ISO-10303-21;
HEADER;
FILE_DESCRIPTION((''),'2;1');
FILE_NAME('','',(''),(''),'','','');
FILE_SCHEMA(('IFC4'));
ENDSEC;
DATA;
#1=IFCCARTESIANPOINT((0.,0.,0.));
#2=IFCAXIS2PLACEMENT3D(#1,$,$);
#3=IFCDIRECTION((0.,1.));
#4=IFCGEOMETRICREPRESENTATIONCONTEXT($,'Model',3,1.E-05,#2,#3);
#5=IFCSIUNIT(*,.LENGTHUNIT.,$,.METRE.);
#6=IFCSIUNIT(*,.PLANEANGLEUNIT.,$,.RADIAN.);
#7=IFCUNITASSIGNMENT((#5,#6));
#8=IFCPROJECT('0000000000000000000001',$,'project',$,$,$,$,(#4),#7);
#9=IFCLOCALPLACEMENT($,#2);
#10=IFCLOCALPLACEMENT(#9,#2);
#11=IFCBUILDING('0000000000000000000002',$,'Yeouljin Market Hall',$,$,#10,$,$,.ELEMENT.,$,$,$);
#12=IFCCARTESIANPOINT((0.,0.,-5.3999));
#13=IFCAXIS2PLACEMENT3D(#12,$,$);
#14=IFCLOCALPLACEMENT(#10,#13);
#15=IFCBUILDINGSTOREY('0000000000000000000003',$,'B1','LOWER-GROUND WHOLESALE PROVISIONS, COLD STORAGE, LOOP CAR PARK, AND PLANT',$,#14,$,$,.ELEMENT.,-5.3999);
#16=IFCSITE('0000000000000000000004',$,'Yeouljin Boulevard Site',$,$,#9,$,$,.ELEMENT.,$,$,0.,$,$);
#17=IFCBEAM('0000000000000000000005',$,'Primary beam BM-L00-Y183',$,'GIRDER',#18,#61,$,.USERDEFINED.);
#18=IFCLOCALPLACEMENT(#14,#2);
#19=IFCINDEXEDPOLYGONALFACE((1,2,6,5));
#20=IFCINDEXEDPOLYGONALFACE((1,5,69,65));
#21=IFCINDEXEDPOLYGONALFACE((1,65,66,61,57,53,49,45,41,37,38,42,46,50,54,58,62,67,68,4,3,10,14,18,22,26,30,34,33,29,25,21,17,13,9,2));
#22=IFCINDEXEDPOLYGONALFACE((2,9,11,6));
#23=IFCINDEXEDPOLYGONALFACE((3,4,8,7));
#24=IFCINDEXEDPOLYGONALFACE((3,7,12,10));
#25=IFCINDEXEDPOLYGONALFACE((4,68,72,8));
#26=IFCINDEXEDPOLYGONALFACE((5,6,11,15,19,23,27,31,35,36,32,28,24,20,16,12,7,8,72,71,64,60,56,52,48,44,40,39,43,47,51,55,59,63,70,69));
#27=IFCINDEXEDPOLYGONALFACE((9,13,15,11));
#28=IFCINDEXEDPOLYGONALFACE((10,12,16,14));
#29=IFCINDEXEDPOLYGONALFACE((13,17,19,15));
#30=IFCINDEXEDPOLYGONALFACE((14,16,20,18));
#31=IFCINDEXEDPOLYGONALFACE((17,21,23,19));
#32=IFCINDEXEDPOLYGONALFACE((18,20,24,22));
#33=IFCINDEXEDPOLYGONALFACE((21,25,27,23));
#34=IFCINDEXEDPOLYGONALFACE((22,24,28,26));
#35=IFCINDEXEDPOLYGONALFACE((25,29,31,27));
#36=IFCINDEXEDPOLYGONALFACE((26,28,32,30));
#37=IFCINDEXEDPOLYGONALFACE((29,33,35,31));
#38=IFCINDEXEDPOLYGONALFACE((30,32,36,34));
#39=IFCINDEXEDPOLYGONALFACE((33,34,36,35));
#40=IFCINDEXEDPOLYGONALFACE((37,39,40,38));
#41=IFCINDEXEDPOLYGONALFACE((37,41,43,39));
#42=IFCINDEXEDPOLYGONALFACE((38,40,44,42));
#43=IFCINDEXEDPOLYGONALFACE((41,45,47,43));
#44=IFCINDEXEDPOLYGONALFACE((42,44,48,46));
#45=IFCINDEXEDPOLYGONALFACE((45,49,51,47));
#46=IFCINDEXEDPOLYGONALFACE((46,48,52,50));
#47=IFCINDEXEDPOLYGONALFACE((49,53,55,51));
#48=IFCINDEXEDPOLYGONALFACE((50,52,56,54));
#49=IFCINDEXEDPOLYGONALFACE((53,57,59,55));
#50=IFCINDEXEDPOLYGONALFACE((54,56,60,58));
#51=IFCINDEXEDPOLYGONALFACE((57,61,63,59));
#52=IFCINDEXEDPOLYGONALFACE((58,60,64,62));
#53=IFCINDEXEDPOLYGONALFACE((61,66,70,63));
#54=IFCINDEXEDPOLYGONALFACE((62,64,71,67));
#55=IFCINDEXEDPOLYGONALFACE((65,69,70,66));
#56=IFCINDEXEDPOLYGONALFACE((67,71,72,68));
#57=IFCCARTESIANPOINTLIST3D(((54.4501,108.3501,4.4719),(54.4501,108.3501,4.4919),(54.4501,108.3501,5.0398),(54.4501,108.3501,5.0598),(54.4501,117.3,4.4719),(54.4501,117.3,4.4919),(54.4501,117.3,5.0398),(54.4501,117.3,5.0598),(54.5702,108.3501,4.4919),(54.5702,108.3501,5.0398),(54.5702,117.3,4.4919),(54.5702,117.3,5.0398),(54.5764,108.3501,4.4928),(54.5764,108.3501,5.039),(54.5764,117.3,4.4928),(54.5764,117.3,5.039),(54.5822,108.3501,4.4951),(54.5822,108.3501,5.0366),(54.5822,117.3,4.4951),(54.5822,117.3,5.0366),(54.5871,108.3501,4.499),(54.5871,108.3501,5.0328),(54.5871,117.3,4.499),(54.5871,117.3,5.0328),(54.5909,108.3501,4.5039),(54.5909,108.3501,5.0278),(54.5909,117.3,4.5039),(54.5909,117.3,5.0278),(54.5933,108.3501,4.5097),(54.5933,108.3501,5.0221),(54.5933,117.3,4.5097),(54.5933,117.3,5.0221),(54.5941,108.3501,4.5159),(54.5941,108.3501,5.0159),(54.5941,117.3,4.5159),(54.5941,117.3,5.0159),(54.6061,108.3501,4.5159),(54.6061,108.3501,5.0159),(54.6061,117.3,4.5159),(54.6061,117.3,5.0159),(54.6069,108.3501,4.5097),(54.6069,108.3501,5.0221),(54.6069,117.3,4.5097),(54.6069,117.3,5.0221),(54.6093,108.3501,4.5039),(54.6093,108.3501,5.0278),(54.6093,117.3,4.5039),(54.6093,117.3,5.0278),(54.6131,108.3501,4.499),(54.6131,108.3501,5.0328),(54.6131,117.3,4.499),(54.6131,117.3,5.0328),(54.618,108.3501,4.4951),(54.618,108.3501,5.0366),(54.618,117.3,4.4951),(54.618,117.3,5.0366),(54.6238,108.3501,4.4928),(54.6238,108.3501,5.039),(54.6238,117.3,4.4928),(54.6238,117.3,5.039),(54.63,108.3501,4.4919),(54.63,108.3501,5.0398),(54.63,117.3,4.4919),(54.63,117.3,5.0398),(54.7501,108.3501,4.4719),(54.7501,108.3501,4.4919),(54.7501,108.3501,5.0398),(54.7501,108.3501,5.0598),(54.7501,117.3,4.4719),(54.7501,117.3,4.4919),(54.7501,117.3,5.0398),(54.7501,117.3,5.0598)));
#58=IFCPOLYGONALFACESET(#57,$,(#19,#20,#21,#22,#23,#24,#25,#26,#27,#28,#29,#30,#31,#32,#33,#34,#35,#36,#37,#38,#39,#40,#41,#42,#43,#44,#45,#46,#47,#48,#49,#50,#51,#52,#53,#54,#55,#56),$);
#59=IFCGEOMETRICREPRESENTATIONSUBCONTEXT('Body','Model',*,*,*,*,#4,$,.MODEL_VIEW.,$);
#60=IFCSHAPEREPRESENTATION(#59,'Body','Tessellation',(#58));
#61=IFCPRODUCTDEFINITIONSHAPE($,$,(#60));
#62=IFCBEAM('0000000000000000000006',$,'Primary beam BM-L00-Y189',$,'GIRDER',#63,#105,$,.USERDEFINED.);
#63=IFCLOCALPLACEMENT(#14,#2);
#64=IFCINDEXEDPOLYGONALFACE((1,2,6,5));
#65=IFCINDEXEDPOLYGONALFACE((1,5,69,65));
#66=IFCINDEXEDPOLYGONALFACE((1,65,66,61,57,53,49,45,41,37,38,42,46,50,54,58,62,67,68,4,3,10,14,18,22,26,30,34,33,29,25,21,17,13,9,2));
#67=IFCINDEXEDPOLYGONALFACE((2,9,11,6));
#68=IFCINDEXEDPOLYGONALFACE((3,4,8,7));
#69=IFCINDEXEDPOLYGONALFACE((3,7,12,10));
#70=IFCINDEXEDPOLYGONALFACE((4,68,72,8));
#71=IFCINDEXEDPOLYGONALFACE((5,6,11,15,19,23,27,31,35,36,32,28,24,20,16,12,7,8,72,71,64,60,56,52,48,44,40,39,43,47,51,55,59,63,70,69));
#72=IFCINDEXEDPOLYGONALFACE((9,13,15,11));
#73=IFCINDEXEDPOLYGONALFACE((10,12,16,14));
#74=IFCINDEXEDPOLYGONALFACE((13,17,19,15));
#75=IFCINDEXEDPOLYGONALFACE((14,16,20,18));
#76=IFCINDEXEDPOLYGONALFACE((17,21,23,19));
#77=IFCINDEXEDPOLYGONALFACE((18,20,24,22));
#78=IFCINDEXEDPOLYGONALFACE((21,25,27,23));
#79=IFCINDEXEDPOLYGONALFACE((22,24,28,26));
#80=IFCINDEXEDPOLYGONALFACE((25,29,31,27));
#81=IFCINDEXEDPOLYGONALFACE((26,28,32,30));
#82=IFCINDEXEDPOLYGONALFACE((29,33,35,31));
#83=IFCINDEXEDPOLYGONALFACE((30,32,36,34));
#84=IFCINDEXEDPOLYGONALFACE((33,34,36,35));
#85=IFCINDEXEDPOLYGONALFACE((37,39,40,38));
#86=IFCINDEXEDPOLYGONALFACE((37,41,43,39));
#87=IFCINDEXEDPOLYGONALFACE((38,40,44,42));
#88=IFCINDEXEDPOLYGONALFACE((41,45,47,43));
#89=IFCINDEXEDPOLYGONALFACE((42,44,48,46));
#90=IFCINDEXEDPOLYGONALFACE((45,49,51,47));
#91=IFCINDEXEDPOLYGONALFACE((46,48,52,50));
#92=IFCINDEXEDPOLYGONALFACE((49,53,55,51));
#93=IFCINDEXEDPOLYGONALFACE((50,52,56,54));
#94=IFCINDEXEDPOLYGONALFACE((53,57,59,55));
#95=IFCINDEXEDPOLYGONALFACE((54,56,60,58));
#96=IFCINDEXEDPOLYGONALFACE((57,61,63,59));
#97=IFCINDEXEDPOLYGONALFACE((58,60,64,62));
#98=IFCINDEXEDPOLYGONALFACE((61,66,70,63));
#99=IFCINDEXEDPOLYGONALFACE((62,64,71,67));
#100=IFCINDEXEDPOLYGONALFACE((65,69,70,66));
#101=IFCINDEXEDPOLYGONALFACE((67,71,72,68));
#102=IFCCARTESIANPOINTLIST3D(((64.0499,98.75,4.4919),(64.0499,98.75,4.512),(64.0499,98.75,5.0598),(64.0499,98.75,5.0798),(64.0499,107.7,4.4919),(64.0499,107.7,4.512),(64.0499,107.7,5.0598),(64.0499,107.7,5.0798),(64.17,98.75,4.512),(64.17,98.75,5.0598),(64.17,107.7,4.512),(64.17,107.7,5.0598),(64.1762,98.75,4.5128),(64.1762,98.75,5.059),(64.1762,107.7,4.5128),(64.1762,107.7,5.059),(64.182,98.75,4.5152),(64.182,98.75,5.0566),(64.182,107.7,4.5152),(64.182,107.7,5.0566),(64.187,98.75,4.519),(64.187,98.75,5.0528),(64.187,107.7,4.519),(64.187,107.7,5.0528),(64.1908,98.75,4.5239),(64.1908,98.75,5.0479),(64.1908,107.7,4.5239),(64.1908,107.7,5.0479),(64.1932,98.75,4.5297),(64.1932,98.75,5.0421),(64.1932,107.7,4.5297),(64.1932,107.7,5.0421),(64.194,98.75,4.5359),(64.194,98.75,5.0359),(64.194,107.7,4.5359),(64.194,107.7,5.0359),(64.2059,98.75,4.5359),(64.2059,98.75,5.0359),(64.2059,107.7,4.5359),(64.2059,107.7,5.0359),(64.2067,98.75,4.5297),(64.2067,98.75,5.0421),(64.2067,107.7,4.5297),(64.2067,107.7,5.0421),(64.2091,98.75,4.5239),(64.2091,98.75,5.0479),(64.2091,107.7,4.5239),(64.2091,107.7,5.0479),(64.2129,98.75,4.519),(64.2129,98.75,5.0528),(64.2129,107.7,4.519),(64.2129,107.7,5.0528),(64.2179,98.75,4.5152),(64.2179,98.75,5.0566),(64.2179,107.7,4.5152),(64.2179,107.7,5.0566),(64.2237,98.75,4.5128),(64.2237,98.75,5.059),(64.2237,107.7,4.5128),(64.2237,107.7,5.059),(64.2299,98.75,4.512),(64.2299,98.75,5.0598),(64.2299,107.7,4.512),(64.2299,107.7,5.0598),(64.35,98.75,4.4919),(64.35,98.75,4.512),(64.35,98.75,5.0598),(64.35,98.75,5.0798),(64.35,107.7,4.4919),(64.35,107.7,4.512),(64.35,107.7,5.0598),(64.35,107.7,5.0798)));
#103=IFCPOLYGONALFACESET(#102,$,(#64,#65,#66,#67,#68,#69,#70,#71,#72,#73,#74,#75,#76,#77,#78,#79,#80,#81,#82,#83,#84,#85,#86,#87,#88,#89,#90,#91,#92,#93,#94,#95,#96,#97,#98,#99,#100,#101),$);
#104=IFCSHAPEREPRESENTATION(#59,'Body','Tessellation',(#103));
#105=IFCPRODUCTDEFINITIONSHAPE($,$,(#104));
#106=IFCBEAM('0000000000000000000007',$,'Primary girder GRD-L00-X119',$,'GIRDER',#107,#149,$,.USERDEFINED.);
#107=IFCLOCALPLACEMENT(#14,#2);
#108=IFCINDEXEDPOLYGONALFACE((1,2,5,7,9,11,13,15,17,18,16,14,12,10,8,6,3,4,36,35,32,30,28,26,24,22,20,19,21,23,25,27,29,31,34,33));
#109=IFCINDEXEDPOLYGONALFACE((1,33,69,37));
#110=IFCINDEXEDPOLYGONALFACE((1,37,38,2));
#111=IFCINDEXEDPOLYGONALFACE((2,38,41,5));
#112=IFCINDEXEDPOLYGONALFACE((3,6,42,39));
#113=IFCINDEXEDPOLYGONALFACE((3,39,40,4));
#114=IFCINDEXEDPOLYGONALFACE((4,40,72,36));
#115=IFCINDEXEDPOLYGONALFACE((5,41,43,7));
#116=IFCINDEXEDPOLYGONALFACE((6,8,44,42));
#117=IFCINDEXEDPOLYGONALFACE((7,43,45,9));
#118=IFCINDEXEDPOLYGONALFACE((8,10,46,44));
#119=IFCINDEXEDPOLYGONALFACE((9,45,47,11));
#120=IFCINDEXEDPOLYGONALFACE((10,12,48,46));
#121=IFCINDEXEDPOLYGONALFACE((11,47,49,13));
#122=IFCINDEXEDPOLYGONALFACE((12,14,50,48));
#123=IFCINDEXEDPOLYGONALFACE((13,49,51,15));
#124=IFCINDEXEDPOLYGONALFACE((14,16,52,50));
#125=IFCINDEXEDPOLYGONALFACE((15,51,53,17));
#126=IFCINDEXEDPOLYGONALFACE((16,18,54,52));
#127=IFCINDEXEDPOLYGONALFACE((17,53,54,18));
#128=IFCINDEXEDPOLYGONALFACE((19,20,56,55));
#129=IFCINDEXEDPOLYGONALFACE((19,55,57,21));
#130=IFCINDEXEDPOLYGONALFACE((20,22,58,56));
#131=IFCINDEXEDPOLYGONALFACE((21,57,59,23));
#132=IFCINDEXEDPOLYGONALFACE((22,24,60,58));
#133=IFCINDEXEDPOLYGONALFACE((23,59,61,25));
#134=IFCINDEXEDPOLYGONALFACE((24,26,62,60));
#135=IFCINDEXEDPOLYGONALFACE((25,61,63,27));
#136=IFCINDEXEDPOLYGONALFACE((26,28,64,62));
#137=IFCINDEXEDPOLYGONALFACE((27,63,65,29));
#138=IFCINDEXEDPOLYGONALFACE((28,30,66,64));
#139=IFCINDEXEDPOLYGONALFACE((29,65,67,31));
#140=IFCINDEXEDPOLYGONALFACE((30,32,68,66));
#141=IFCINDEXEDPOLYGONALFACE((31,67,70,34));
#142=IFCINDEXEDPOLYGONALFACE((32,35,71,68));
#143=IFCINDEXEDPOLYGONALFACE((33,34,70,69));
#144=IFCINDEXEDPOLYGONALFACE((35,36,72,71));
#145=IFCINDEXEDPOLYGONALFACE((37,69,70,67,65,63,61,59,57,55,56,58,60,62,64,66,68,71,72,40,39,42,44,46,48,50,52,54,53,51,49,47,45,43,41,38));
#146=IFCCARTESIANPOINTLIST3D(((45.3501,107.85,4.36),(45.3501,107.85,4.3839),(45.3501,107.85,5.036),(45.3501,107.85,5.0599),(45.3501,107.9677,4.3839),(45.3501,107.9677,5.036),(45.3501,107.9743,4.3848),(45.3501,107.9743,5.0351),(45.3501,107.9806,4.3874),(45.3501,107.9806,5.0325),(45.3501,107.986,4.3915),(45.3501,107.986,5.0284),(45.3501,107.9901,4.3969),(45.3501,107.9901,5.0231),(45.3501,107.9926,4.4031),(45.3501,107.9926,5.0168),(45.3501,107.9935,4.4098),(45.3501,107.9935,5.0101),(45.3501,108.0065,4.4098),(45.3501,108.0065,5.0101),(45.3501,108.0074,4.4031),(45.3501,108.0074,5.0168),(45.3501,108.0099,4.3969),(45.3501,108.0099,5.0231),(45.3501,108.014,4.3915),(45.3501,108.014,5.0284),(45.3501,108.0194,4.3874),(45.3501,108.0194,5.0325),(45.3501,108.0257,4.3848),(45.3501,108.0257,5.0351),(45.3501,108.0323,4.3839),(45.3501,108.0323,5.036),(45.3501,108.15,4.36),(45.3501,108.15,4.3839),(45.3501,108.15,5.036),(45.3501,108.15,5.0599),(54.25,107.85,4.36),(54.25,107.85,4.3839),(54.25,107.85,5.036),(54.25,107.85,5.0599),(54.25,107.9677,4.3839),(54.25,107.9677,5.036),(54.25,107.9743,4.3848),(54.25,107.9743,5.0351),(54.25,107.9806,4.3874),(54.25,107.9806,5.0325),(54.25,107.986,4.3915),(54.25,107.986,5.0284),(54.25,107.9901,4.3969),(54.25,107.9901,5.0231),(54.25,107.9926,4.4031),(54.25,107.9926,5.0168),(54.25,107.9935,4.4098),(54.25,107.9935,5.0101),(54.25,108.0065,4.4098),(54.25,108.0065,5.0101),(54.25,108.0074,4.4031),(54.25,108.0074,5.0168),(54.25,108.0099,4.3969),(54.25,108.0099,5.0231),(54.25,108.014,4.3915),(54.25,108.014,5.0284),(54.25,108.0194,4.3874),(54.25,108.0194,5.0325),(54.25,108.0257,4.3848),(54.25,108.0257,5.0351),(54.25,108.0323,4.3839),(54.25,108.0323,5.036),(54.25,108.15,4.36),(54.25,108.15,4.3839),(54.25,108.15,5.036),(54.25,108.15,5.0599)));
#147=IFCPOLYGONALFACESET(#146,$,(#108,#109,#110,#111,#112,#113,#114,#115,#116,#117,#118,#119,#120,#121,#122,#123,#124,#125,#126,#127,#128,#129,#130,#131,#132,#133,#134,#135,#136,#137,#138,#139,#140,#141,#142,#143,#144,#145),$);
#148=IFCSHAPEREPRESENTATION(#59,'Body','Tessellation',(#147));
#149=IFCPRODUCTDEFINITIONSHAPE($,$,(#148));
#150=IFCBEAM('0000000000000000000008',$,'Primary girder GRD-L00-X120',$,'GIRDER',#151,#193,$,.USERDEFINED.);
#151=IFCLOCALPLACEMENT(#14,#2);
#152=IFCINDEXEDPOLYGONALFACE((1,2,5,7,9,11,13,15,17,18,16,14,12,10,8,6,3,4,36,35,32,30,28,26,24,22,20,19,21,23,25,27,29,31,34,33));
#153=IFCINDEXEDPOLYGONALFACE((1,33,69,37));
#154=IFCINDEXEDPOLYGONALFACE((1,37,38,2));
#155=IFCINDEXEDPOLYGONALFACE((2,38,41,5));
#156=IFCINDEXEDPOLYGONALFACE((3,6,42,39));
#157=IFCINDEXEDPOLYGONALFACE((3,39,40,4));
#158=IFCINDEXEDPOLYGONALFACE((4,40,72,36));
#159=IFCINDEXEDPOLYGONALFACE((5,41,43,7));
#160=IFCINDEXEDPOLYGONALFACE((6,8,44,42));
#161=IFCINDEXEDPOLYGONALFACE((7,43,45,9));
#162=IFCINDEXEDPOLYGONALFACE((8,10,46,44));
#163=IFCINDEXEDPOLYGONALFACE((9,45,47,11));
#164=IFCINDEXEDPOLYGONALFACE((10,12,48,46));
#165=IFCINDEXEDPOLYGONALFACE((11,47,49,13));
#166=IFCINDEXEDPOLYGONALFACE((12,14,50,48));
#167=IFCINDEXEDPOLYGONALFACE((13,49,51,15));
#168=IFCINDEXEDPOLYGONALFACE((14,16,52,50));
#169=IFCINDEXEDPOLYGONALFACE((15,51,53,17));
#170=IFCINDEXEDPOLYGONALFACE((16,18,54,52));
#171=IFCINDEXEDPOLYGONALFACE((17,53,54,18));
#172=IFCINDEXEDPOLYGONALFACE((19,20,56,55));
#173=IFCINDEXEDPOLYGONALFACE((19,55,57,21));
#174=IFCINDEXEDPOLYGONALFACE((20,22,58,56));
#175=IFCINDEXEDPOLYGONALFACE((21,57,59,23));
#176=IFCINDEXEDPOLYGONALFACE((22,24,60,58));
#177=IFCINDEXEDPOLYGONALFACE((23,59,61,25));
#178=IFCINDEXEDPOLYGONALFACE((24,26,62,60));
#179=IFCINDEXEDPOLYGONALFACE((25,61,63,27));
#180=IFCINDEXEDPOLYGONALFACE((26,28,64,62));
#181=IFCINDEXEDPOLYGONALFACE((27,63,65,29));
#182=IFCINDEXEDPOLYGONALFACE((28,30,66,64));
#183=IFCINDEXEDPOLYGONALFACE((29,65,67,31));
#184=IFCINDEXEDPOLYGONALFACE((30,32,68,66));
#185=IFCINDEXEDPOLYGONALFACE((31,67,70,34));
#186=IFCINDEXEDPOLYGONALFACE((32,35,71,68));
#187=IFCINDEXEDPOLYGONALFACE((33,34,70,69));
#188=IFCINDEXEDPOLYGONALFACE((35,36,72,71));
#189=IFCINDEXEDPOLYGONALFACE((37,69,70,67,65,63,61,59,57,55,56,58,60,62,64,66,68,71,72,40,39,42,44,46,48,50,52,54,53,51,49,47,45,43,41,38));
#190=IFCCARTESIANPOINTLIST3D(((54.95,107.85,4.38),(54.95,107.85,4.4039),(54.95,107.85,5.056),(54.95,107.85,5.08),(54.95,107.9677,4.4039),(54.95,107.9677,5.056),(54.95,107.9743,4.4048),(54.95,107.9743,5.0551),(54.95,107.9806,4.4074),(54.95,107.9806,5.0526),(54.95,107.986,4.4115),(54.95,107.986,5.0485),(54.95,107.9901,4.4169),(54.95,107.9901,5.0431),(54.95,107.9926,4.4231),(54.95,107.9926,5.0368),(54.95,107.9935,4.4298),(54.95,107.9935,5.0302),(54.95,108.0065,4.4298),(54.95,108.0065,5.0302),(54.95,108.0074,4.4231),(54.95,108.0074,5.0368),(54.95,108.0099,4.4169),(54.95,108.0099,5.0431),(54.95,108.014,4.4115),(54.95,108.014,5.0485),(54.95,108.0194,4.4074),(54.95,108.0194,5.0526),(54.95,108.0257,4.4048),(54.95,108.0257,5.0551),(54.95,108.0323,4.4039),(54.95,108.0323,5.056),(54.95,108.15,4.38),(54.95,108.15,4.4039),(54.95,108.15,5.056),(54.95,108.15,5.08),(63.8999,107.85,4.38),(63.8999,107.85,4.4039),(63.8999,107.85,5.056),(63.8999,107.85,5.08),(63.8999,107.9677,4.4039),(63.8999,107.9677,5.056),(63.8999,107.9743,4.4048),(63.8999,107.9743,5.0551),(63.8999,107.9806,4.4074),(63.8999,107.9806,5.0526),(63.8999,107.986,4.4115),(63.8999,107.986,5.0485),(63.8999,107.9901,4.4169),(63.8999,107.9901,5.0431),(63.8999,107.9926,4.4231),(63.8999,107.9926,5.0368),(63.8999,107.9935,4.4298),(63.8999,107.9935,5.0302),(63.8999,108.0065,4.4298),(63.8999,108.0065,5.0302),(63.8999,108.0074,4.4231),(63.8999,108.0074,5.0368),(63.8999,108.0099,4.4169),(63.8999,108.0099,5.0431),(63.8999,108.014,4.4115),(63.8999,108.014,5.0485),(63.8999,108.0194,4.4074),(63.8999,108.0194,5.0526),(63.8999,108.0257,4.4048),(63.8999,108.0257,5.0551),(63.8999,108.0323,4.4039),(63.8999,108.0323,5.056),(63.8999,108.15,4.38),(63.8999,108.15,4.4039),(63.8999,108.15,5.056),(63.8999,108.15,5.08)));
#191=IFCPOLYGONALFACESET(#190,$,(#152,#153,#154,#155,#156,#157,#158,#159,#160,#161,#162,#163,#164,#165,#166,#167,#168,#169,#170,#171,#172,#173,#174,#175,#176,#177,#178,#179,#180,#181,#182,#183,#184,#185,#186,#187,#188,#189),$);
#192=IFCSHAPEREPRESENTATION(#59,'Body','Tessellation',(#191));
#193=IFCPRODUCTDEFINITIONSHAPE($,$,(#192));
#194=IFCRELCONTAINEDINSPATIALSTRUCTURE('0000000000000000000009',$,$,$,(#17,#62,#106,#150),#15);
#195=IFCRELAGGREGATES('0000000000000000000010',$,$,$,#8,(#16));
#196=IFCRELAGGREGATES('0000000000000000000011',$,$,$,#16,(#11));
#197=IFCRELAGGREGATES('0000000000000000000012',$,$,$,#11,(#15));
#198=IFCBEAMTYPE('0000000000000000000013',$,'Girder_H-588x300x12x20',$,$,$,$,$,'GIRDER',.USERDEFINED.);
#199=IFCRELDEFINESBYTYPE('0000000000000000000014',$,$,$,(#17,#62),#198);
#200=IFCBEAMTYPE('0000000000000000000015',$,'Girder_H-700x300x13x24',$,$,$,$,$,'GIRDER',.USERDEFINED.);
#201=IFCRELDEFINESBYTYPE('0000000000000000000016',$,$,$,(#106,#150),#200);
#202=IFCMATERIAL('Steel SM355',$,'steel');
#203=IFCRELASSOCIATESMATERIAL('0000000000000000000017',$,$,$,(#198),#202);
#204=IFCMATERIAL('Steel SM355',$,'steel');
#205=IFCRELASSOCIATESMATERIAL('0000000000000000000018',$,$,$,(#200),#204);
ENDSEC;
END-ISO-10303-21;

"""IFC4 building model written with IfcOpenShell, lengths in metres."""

from ifc_helpers import new_model, si_unit, direction, frame, origin, origin_2d, place, context, subcontext, project, spatial, i_section, extrude, material, material_profile, profile_set, type_object, element, save


model = new_model("IFC4")

# Units and contexts
model_context = context("Model", 3, precision=1e-05, world=origin(), true_north=direction((0.0, 1.0)))
body_context = subcontext(model_context, "Body", "Model", "MODEL_VIEW")
ifc_project = project(units=[si_unit("LENGTHUNIT", "METRE"), si_unit("PLANEANGLEUNIT", "RADIAN")], contexts=[model_context])

# Site, building, storey
site_placement = place(None, origin())
site = spatial("IfcSite", under=ifc_project, at=site_placement, Name="Yeouljin Boulevard Site", CompositionType="ELEMENT", RefElevation=0.0)
building_placement = place(site_placement, origin())
building = spatial("IfcBuilding", under=site, at=building_placement, Name="Yeouljin Market Hall", CompositionType="ELEMENT")
storey_placement = place(building_placement, frame((0.0, 0.0, -5.3999)))
storey = spatial("IfcBuildingStorey", under=building, at=storey_placement, Name="B1", Description="LOWER-GROUND WHOLESALE PROVISIONS, COLD STORAGE, LOOP CAR PARK, AND PLANT", CompositionType="ELEMENT", Elevation=-5.3999)

# Beams
ifc_material_1 = material(Name="Steel SM355", Category="steel")
ifc_material_profile_1 = material_profile(ifc_material_1, i_section(OverallWidth=0.3, OverallDepth=0.5879, WebThickness=0.012, FlangeThickness=0.02, FilletRadius=0.0239, at=origin_2d()), Name="H-588x300x12x20")
ifc_profile_set_1 = profile_set([ifc_material_profile_1], Name="Steel SM355")
beam_type_1 = type_object("IfcBeamType", Name="Girder_H-588x300x12x20", ElementType="GIRDER", PredefinedType="USERDEFINED", material=ifc_profile_set_1)
for number, where, z_axis, x_axis, name in (
    (1, (54.6001, 108.3501, 4.7659), (0.0, 1.0, 0.0), (-1.0, 0.0, 0.0), "Primary beam BM-L00-Y183"),
    (2, (64.2, 98.75, 4.7859), (0.0, 1.0, 0.0), (-1.0, 0.0, 0.0), "Primary beam BM-L00-Y189"),
):
    element("IfcBeam", number, at=place(storey_placement, frame(where, z_axis=z_axis, x_axis=x_axis)), inside=storey, type_object=beam_type_1, Name=name, ObjectType="GIRDER", PredefinedType="USERDEFINED", context=body_context, shape_type="SweptSolid", body=[
        extrude(i_section(OverallWidth=0.3, OverallDepth=0.5879, WebThickness=0.012, FlangeThickness=0.02, FilletRadius=0.0239, at=origin_2d()), origin(), (0.0, 0.0, 1.0), 8.95),
    ])
ifc_material_2 = material(Name="Steel SM355", Category="steel")
ifc_material_profile_2 = material_profile(ifc_material_2, i_section(OverallWidth=0.3, OverallDepth=0.7, WebThickness=0.0129, FlangeThickness=0.0239, FilletRadius=0.0259, at=origin_2d()), Name="H-700x300x13x24")
ifc_profile_set_2 = profile_set([ifc_material_profile_2], Name="Steel SM355")
beam_type_2 = type_object("IfcBeamType", Name="Girder_H-700x300x13x24", ElementType="GIRDER", PredefinedType="USERDEFINED", material=ifc_profile_set_2)
beam_1_placement = place(storey_placement, frame((45.3501, 108.0, 4.71), z_axis=(1.0, 0.0, 0.0), x_axis=(0.0, 1.0, 0.0)))
element("IfcBeam", 3, at=beam_1_placement, inside=storey, type_object=beam_type_2, Name="Primary girder GRD-L00-X119", ObjectType="GIRDER", PredefinedType="USERDEFINED", context=body_context, shape_type="SweptSolid", body=[
    extrude(i_section(OverallWidth=0.3, OverallDepth=0.7, WebThickness=0.0129, FlangeThickness=0.0239, FilletRadius=0.0259, at=origin_2d()), origin(), (0.0, 0.0, 1.0), 8.8999),
])
beam_2_placement = place(storey_placement, frame((54.95, 108.0, 4.73), z_axis=(1.0, 0.0, 0.0), x_axis=(0.0, 1.0, 0.0)))
element("IfcBeam", 4, at=beam_2_placement, inside=storey, type_object=beam_type_2, Name="Primary girder GRD-L00-X120", ObjectType="GIRDER", PredefinedType="USERDEFINED", context=body_context, shape_type="SweptSolid", body=[
    extrude(i_section(OverallWidth=0.3, OverallDepth=0.7, WebThickness=0.0129, FlangeThickness=0.0239, FilletRadius=0.0259, at=origin_2d()), origin(), (0.0, 0.0, 1.0), 8.95),
])

save(model, "model.ifc")
